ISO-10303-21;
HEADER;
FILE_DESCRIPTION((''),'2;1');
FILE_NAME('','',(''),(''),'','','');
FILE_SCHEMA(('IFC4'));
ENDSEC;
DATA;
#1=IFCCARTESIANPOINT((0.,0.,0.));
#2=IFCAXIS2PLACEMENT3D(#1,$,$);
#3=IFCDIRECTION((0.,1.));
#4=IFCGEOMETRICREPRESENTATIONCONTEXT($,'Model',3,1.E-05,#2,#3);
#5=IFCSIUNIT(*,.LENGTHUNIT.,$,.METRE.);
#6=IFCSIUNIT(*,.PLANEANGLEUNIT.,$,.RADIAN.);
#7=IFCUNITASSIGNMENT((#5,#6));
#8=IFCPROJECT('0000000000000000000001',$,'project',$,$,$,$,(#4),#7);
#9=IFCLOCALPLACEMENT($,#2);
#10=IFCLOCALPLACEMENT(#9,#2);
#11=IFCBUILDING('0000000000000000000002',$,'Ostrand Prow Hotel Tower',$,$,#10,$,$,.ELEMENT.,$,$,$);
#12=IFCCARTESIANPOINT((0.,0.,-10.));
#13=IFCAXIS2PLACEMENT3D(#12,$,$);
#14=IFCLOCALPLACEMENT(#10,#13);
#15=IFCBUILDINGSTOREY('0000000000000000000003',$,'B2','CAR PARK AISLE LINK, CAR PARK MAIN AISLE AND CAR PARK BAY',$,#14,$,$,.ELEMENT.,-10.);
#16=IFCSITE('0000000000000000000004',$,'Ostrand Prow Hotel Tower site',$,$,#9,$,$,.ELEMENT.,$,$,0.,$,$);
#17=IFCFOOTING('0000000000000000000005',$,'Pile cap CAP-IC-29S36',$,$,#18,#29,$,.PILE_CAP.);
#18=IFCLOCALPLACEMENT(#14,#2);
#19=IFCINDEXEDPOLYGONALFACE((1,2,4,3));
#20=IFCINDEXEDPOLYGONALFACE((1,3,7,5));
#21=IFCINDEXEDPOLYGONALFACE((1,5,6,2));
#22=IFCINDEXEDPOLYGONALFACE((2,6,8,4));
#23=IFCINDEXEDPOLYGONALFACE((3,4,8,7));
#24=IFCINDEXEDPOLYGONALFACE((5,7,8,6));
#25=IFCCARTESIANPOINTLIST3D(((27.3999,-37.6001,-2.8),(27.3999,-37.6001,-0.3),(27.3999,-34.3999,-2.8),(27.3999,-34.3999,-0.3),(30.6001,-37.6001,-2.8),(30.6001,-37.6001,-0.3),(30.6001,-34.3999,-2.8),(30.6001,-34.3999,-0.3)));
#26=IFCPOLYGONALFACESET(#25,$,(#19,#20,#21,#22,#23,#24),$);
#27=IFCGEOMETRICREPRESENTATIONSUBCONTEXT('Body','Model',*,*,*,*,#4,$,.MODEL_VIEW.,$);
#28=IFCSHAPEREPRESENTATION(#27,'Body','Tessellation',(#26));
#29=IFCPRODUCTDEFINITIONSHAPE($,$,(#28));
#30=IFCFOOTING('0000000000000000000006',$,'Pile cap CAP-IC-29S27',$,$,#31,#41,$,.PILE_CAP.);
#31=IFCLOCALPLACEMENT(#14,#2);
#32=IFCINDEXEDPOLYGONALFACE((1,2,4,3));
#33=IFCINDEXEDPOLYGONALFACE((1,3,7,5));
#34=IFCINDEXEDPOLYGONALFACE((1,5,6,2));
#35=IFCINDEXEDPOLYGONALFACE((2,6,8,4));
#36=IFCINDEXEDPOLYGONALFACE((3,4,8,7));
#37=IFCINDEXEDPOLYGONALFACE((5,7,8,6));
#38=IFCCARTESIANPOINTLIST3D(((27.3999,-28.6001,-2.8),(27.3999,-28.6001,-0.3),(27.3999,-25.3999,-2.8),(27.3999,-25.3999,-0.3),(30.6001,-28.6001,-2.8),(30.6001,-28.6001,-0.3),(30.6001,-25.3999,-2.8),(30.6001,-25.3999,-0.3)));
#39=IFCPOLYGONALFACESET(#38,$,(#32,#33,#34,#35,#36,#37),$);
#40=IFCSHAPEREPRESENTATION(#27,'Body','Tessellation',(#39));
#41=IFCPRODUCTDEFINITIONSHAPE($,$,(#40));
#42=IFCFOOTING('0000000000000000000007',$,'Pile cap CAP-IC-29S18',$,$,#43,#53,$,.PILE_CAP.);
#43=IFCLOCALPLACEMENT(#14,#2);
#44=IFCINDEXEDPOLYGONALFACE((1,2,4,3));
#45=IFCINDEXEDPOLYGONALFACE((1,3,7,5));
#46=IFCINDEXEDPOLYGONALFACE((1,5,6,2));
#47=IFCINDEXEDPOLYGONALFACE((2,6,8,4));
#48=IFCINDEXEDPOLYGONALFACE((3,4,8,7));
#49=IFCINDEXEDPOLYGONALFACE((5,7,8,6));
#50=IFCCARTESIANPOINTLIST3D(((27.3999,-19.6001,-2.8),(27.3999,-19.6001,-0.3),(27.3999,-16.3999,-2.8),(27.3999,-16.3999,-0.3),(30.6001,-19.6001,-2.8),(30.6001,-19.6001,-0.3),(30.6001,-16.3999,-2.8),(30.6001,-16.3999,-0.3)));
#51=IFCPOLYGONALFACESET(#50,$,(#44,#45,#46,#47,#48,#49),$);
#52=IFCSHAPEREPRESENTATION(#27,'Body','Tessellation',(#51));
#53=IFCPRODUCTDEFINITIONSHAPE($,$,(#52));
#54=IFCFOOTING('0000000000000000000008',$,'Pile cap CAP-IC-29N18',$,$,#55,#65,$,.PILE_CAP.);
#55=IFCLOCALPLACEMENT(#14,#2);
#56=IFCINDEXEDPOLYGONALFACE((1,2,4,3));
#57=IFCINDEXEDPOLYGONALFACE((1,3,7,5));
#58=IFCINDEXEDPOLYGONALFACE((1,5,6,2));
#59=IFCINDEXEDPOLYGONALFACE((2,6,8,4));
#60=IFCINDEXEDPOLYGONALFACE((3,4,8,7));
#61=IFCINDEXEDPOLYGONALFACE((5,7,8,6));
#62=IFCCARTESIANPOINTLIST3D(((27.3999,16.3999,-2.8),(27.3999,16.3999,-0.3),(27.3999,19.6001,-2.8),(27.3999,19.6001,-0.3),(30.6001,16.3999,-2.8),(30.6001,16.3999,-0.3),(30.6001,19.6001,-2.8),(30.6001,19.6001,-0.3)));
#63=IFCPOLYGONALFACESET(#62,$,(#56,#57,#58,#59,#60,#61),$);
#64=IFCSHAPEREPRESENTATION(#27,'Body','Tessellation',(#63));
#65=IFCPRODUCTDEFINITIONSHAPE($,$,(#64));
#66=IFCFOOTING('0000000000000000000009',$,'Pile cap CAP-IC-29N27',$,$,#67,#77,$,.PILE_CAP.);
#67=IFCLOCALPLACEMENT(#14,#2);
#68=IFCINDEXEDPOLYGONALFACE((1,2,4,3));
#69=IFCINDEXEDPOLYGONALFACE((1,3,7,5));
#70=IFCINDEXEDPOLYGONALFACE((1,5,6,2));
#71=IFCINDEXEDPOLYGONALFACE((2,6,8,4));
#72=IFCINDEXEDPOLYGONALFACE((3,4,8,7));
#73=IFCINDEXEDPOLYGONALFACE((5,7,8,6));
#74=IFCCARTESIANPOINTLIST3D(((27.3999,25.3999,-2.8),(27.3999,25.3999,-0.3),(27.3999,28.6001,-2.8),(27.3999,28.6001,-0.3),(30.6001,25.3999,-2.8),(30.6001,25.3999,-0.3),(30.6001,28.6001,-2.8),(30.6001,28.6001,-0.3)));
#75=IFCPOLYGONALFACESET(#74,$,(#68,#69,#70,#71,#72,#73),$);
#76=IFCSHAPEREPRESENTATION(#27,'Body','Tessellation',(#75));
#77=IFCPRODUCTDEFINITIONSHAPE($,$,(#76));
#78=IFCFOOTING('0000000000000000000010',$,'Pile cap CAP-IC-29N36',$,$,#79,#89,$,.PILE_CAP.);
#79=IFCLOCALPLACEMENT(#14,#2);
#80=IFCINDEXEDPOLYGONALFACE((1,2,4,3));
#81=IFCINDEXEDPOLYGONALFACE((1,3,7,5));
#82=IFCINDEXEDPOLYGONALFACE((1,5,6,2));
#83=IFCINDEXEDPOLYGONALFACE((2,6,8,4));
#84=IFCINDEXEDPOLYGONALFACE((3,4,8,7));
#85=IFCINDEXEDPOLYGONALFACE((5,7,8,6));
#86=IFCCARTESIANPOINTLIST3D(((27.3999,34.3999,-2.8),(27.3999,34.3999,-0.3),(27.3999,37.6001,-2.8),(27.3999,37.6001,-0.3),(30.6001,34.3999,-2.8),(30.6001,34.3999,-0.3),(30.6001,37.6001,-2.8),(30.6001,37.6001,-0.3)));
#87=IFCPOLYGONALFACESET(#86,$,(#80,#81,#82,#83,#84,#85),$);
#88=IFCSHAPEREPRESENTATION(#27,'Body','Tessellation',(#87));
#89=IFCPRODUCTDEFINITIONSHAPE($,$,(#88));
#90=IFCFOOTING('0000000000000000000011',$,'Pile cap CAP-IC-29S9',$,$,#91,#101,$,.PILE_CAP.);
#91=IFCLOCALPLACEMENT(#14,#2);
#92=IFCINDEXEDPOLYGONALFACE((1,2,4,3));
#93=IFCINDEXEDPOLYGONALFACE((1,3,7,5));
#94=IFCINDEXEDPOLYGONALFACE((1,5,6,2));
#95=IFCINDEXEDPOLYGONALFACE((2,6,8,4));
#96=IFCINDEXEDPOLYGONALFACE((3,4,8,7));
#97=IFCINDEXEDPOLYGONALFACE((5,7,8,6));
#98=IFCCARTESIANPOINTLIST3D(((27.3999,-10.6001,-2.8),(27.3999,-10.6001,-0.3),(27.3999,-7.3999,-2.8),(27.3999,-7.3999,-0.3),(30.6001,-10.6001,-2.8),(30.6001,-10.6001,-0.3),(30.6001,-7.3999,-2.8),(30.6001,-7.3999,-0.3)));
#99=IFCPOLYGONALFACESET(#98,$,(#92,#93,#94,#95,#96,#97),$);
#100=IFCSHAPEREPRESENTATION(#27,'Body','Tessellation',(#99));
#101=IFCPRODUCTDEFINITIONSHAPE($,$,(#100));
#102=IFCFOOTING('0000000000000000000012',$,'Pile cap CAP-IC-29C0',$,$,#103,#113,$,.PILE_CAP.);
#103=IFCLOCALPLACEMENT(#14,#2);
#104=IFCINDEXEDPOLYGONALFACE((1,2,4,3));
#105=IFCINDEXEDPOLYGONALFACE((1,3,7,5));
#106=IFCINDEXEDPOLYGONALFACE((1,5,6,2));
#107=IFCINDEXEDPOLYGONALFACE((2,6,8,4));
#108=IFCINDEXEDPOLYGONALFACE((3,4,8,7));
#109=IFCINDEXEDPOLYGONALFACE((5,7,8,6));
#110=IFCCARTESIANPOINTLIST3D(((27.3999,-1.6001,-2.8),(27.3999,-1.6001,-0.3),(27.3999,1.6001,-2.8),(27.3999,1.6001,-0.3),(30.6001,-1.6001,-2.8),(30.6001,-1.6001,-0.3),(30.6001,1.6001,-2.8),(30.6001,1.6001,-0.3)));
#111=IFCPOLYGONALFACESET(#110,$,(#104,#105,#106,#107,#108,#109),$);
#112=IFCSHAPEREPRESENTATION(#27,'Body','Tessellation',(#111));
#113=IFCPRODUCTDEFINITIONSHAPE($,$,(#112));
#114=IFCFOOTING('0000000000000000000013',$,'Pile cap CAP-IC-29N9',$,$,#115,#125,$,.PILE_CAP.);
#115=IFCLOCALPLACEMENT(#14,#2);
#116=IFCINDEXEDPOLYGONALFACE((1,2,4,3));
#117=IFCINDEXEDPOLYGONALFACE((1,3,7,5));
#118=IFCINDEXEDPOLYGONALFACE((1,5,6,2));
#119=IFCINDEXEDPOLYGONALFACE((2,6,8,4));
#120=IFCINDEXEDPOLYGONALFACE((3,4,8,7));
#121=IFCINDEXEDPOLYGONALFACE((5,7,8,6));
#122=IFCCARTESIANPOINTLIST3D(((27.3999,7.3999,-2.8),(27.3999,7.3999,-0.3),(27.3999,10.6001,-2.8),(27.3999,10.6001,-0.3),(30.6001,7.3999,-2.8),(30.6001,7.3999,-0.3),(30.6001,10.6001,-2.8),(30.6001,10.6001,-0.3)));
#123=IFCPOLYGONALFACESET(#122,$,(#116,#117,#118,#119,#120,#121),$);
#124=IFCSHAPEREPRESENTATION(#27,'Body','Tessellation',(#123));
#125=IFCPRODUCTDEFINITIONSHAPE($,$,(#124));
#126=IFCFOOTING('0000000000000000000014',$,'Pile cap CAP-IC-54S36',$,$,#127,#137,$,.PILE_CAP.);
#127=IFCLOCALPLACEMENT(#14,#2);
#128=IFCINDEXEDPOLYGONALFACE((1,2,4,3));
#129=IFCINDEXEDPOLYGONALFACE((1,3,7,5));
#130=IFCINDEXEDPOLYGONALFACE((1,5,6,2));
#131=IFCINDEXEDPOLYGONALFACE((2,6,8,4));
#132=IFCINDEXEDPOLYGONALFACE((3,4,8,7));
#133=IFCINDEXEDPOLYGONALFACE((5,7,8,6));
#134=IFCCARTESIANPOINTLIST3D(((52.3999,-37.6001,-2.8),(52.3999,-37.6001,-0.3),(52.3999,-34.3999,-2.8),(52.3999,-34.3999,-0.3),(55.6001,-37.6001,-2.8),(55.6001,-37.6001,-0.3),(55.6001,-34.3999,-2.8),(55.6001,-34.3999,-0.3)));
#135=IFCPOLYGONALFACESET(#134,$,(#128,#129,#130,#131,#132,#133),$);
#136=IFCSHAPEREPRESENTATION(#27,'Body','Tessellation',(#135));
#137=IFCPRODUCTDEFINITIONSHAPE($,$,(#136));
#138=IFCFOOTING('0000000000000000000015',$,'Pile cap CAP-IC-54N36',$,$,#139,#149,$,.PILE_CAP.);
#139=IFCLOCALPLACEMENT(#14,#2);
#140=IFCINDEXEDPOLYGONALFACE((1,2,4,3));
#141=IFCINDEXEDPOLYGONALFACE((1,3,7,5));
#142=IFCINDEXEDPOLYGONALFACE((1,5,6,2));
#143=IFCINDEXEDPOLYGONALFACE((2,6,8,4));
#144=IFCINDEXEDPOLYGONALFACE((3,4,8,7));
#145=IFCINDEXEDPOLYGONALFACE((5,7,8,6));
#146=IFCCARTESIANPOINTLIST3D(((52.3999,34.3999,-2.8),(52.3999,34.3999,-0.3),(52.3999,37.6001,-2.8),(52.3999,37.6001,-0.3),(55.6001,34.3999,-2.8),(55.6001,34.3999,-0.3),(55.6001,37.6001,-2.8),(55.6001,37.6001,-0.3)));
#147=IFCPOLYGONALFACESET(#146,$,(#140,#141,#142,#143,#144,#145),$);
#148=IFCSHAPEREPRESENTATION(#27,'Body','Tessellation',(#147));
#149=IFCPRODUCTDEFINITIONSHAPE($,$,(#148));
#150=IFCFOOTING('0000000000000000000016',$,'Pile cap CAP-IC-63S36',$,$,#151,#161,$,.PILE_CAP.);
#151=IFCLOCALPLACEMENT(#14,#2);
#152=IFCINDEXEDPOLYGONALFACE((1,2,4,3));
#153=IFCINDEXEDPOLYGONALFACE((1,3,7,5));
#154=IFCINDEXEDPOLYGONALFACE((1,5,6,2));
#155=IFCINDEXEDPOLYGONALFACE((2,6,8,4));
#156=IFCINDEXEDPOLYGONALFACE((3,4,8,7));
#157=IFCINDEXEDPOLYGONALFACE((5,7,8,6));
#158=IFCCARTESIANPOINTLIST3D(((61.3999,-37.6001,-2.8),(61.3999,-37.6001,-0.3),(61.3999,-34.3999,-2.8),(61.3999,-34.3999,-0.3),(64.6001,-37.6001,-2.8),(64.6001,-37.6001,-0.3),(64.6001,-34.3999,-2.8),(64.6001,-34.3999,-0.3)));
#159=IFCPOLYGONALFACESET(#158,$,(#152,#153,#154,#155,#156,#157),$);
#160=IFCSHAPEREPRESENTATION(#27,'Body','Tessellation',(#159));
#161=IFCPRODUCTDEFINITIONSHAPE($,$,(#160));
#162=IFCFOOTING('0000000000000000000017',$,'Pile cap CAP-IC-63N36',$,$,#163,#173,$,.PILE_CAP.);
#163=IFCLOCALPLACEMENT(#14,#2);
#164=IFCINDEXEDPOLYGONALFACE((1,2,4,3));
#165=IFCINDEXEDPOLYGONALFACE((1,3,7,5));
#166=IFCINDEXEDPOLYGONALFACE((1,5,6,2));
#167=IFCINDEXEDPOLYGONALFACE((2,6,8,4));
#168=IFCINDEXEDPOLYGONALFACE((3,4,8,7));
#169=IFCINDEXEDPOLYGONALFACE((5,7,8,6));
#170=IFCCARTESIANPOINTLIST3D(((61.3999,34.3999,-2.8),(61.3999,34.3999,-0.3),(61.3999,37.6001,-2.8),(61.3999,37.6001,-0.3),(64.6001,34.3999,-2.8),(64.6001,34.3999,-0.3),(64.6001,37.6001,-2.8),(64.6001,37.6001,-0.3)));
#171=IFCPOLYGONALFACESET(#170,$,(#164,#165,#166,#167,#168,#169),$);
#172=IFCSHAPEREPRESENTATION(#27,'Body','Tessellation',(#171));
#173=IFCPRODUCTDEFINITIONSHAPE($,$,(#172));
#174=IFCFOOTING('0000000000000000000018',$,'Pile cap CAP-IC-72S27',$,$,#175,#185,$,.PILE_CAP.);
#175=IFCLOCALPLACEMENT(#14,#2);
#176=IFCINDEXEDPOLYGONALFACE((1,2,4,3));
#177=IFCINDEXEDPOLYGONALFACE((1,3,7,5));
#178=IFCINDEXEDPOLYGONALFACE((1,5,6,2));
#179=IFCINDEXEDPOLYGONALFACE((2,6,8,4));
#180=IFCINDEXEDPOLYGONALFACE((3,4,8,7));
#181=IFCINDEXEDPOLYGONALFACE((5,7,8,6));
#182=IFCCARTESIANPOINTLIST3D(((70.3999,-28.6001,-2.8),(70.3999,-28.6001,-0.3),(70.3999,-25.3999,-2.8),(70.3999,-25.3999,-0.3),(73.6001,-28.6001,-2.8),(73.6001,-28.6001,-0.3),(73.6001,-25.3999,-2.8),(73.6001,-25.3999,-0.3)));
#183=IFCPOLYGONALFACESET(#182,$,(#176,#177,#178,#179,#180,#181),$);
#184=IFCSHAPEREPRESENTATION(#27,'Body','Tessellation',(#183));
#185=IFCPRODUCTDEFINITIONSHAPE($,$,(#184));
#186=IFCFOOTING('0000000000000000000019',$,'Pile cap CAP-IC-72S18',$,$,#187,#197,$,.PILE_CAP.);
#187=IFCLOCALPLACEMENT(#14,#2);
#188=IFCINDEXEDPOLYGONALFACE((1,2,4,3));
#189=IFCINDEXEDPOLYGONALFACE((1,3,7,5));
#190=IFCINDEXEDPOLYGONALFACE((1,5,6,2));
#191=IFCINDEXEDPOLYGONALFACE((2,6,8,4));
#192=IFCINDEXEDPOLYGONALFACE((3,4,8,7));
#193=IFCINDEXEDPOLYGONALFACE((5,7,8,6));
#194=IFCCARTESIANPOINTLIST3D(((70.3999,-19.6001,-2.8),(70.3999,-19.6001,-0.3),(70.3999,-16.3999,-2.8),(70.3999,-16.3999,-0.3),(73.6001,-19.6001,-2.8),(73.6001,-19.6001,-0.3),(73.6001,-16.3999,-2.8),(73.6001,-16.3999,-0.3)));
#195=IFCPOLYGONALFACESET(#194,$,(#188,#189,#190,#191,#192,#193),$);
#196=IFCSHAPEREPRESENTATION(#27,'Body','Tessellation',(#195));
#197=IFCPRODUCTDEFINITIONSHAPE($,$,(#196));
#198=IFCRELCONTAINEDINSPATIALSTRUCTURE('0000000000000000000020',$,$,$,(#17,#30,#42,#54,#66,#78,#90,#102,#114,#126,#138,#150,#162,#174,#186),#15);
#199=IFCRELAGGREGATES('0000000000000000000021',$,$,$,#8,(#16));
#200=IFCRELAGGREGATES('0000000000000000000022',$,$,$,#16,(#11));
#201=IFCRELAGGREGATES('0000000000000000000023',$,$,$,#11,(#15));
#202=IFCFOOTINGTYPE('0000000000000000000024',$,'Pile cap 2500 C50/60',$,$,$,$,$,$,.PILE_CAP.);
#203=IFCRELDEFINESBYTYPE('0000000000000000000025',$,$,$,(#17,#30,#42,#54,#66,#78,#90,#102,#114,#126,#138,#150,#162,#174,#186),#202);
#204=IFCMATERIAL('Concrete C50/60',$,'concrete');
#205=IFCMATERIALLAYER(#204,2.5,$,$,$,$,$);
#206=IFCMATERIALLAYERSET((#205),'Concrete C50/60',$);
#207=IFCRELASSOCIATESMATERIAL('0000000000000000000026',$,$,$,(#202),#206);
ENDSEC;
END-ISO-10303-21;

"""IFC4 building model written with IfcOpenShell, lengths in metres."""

from ifc_helpers import new_model, si_unit, direction, frame, origin, place, context, subcontext, project, spatial, polyline, outline, extrude, material, layer, layer_set, type_object, element, save


model = new_model("IFC4")

# Units and contexts
model_context = context("Model", 3, precision=1e-05, world=origin(), true_north=direction((0.0, 1.0)))
body_context = subcontext(model_context, "Body", "Model", "MODEL_VIEW")
ifc_project = project(units=[si_unit("LENGTHUNIT", "METRE"), si_unit("PLANEANGLEUNIT", "RADIAN")], contexts=[model_context])

# Site, building, storey
site_placement = place(None, origin())
site = spatial("IfcSite", under=ifc_project, at=site_placement, Name="Ostrand Prow Hotel Tower site", CompositionType="ELEMENT", RefElevation=0.0)
building_placement = place(site_placement, origin())
building = spatial("IfcBuilding", under=site, at=building_placement, Name="Ostrand Prow Hotel Tower", CompositionType="ELEMENT")
storey_placement = place(building_placement, frame((0.0, 0.0, -10.0)))
storey = spatial("IfcBuildingStorey", under=building, at=storey_placement, Name="B2", Description="CAR PARK AISLE LINK, CAR PARK MAIN AISLE AND CAR PARK BAY", CompositionType="ELEMENT", Elevation=-10.0)

# Footings
ifc_material_1 = material(Name="Concrete C50/60", Category="concrete")
ifc_layer_1 = layer(ifc_material_1, 2.5)
ifc_layer_set_1 = layer_set([ifc_layer_1], Name="Concrete C50/60")
footing_type_1 = type_object("IfcFootingType", Name="Pile cap 2500 C50/60", PredefinedType="PILE_CAP", material=ifc_layer_set_1)
footing_1_placement = place(storey_placement, frame((0.0, 0.0, -2.8)))
element("IfcFooting", 1, at=footing_1_placement, inside=storey, type_object=footing_type_1, Name="Pile cap CAP-IC-29S36", PredefinedType="PILE_CAP", context=body_context, shape_type="SweptSolid", body=[
    extrude(outline(polyline([(30.6001, -37.6001), (30.6001, -34.3999), (27.3999, -34.3999), (27.3999, -37.6001), (30.6001, -37.6001)])), origin(), (0.0, 0.0, 1.0), 2.5),
])
footing_2_placement = place(storey_placement, frame((0.0, 0.0, -2.8)))
element("IfcFooting", 2, at=footing_2_placement, inside=storey, type_object=footing_type_1, Name="Pile cap CAP-IC-29S27", PredefinedType="PILE_CAP", context=body_context, shape_type="SweptSolid", body=[
    extrude(outline(polyline([(30.6001, -28.6001), (30.6001, -25.3999), (27.3999, -25.3999), (27.3999, -28.6001), (30.6001, -28.6001)])), origin(), (0.0, 0.0, 1.0), 2.5),
])
footing_3_placement = place(storey_placement, frame((0.0, 0.0, -2.8)))
element("IfcFooting", 3, at=footing_3_placement, inside=storey, type_object=footing_type_1, Name="Pile cap CAP-IC-29S18", PredefinedType="PILE_CAP", context=body_context, shape_type="SweptSolid", body=[
    extrude(outline(polyline([(30.6001, -19.6001), (30.6001, -16.3999), (27.3999, -16.3999), (27.3999, -19.6001), (30.6001, -19.6001)])), origin(), (0.0, 0.0, 1.0), 2.5),
])
footing_4_placement = place(storey_placement, frame((0.0, 0.0, -2.8)))
element("IfcFooting", 4, at=footing_4_placement, inside=storey, type_object=footing_type_1, Name="Pile cap CAP-IC-29N18", PredefinedType="PILE_CAP", context=body_context, shape_type="SweptSolid", body=[
    extrude(outline(polyline([(30.6001, 16.3999), (30.6001, 19.6001), (27.3999, 19.6001), (27.3999, 16.3999), (30.6001, 16.3999)])), origin(), (0.0, 0.0, 1.0), 2.5),
])
footing_5_placement = place(storey_placement, frame((0.0, 0.0, -2.8)))
element("IfcFooting", 5, at=footing_5_placement, inside=storey, type_object=footing_type_1, Name="Pile cap CAP-IC-29N27", PredefinedType="PILE_CAP", context=body_context, shape_type="SweptSolid", body=[
    extrude(outline(polyline([(30.6001, 25.3999), (30.6001, 28.6001), (27.3999, 28.6001), (27.3999, 25.3999), (30.6001, 25.3999)])), origin(), (0.0, 0.0, 1.0), 2.5),
])
footing_6_placement = place(storey_placement, frame((0.0, 0.0, -2.8)))
element("IfcFooting", 6, at=footing_6_placement, inside=storey, type_object=footing_type_1, Name="Pile cap CAP-IC-29N36", PredefinedType="PILE_CAP", context=body_context, shape_type="SweptSolid", body=[
    extrude(outline(polyline([(30.6001, 34.3999), (30.6001, 37.6001), (27.3999, 37.6001), (27.3999, 34.3999), (30.6001, 34.3999)])), origin(), (0.0, 0.0, 1.0), 2.5),
])
footing_7_placement = place(storey_placement, frame((0.0, 0.0, -2.8)))
element("IfcFooting", 7, at=footing_7_placement, inside=storey, type_object=footing_type_1, Name="Pile cap CAP-IC-29S9", PredefinedType="PILE_CAP", context=body_context, shape_type="SweptSolid", body=[
    extrude(outline(polyline([(30.6001, -10.6001), (30.6001, -7.3999), (27.3999, -7.3999), (27.3999, -10.6001), (30.6001, -10.6001)])), origin(), (0.0, 0.0, 1.0), 2.5),
])
footing_8_placement = place(storey_placement, frame((0.0, 0.0, -2.8)))
element("IfcFooting", 8, at=footing_8_placement, inside=storey, type_object=footing_type_1, Name="Pile cap CAP-IC-29C0", PredefinedType="PILE_CAP", context=body_context, shape_type="SweptSolid", body=[
    extrude(outline(polyline([(30.6001, -1.6001), (30.6001, 1.6001), (27.3999, 1.6001), (27.3999, -1.6001), (30.6001, -1.6001)])), origin(), (0.0, 0.0, 1.0), 2.5),
])
footing_9_placement = place(storey_placement, frame((0.0, 0.0, -2.8)))
element("IfcFooting", 9, at=footing_9_placement, inside=storey, type_object=footing_type_1, Name="Pile cap CAP-IC-29N9", PredefinedType="PILE_CAP", context=body_context, shape_type="SweptSolid", body=[
    extrude(outline(polyline([(30.6001, 7.3999), (30.6001, 10.6001), (27.3999, 10.6001), (27.3999, 7.3999), (30.6001, 7.3999)])), origin(), (0.0, 0.0, 1.0), 2.5),
])
footing_10_placement = place(storey_placement, frame((0.0, 0.0, -2.8)))
element("IfcFooting", 10, at=footing_10_placement, inside=storey, type_object=footing_type_1, Name="Pile cap CAP-IC-54S36", PredefinedType="PILE_CAP", context=body_context, shape_type="SweptSolid", body=[
    extrude(outline(polyline([(55.6001, -37.6001), (55.6001, -34.3999), (52.3999, -34.3999), (52.3999, -37.6001), (55.6001, -37.6001)])), origin(), (0.0, 0.0, 1.0), 2.5),
])
footing_11_placement = place(storey_placement, frame((0.0, 0.0, -2.8)))
element("IfcFooting", 11, at=footing_11_placement, inside=storey, type_object=footing_type_1, Name="Pile cap CAP-IC-54N36", PredefinedType="PILE_CAP", context=body_context, shape_type="SweptSolid", body=[
    extrude(outline(polyline([(55.6001, 34.3999), (55.6001, 37.6001), (52.3999, 37.6001), (52.3999, 34.3999), (55.6001, 34.3999)])), origin(), (0.0, 0.0, 1.0), 2.5),
])
footing_12_placement = place(storey_placement, frame((0.0, 0.0, -2.8)))
element("IfcFooting", 12, at=footing_12_placement, inside=storey, type_object=footing_type_1, Name="Pile cap CAP-IC-63S36", PredefinedType="PILE_CAP", context=body_context, shape_type="SweptSolid", body=[
    extrude(outline(polyline([(64.6001, -37.6001), (64.6001, -34.3999), (61.3999, -34.3999), (61.3999, -37.6001), (64.6001, -37.6001)])), origin(), (0.0, 0.0, 1.0), 2.5),
])
footing_13_placement = place(storey_placement, frame((0.0, 0.0, -2.8)))
element("IfcFooting", 13, at=footing_13_placement, inside=storey, type_object=footing_type_1, Name="Pile cap CAP-IC-63N36", PredefinedType="PILE_CAP", context=body_context, shape_type="SweptSolid", body=[
    extrude(outline(polyline([(64.6001, 34.3999), (64.6001, 37.6001), (61.3999, 37.6001), (61.3999, 34.3999), (64.6001, 34.3999)])), origin(), (0.0, 0.0, 1.0), 2.5),
])
footing_14_placement = place(storey_placement, frame((0.0, 0.0, -2.8)))
element("IfcFooting", 14, at=footing_14_placement, inside=storey, type_object=footing_type_1, Name="Pile cap CAP-IC-72S27", PredefinedType="PILE_CAP", context=body_context, shape_type="SweptSolid", body=[
    extrude(outline(polyline([(73.6001, -28.6001), (73.6001, -25.3999), (70.3999, -25.3999), (70.3999, -28.6001), (73.6001, -28.6001)])), origin(), (0.0, 0.0, 1.0), 2.5),
])
footing_15_placement = place(storey_placement, frame((0.0, 0.0, -2.8)))
element("IfcFooting", 15, at=footing_15_placement, inside=storey, type_object=footing_type_1, Name="Pile cap CAP-IC-72S18", PredefinedType="PILE_CAP", context=body_context, shape_type="SweptSolid", body=[
    extrude(outline(polyline([(73.6001, -19.6001), (73.6001, -16.3999), (70.3999, -16.3999), (70.3999, -19.6001), (73.6001, -19.6001)])), origin(), (0.0, 0.0, 1.0), 2.5),
])

save(model, "model.ifc")
